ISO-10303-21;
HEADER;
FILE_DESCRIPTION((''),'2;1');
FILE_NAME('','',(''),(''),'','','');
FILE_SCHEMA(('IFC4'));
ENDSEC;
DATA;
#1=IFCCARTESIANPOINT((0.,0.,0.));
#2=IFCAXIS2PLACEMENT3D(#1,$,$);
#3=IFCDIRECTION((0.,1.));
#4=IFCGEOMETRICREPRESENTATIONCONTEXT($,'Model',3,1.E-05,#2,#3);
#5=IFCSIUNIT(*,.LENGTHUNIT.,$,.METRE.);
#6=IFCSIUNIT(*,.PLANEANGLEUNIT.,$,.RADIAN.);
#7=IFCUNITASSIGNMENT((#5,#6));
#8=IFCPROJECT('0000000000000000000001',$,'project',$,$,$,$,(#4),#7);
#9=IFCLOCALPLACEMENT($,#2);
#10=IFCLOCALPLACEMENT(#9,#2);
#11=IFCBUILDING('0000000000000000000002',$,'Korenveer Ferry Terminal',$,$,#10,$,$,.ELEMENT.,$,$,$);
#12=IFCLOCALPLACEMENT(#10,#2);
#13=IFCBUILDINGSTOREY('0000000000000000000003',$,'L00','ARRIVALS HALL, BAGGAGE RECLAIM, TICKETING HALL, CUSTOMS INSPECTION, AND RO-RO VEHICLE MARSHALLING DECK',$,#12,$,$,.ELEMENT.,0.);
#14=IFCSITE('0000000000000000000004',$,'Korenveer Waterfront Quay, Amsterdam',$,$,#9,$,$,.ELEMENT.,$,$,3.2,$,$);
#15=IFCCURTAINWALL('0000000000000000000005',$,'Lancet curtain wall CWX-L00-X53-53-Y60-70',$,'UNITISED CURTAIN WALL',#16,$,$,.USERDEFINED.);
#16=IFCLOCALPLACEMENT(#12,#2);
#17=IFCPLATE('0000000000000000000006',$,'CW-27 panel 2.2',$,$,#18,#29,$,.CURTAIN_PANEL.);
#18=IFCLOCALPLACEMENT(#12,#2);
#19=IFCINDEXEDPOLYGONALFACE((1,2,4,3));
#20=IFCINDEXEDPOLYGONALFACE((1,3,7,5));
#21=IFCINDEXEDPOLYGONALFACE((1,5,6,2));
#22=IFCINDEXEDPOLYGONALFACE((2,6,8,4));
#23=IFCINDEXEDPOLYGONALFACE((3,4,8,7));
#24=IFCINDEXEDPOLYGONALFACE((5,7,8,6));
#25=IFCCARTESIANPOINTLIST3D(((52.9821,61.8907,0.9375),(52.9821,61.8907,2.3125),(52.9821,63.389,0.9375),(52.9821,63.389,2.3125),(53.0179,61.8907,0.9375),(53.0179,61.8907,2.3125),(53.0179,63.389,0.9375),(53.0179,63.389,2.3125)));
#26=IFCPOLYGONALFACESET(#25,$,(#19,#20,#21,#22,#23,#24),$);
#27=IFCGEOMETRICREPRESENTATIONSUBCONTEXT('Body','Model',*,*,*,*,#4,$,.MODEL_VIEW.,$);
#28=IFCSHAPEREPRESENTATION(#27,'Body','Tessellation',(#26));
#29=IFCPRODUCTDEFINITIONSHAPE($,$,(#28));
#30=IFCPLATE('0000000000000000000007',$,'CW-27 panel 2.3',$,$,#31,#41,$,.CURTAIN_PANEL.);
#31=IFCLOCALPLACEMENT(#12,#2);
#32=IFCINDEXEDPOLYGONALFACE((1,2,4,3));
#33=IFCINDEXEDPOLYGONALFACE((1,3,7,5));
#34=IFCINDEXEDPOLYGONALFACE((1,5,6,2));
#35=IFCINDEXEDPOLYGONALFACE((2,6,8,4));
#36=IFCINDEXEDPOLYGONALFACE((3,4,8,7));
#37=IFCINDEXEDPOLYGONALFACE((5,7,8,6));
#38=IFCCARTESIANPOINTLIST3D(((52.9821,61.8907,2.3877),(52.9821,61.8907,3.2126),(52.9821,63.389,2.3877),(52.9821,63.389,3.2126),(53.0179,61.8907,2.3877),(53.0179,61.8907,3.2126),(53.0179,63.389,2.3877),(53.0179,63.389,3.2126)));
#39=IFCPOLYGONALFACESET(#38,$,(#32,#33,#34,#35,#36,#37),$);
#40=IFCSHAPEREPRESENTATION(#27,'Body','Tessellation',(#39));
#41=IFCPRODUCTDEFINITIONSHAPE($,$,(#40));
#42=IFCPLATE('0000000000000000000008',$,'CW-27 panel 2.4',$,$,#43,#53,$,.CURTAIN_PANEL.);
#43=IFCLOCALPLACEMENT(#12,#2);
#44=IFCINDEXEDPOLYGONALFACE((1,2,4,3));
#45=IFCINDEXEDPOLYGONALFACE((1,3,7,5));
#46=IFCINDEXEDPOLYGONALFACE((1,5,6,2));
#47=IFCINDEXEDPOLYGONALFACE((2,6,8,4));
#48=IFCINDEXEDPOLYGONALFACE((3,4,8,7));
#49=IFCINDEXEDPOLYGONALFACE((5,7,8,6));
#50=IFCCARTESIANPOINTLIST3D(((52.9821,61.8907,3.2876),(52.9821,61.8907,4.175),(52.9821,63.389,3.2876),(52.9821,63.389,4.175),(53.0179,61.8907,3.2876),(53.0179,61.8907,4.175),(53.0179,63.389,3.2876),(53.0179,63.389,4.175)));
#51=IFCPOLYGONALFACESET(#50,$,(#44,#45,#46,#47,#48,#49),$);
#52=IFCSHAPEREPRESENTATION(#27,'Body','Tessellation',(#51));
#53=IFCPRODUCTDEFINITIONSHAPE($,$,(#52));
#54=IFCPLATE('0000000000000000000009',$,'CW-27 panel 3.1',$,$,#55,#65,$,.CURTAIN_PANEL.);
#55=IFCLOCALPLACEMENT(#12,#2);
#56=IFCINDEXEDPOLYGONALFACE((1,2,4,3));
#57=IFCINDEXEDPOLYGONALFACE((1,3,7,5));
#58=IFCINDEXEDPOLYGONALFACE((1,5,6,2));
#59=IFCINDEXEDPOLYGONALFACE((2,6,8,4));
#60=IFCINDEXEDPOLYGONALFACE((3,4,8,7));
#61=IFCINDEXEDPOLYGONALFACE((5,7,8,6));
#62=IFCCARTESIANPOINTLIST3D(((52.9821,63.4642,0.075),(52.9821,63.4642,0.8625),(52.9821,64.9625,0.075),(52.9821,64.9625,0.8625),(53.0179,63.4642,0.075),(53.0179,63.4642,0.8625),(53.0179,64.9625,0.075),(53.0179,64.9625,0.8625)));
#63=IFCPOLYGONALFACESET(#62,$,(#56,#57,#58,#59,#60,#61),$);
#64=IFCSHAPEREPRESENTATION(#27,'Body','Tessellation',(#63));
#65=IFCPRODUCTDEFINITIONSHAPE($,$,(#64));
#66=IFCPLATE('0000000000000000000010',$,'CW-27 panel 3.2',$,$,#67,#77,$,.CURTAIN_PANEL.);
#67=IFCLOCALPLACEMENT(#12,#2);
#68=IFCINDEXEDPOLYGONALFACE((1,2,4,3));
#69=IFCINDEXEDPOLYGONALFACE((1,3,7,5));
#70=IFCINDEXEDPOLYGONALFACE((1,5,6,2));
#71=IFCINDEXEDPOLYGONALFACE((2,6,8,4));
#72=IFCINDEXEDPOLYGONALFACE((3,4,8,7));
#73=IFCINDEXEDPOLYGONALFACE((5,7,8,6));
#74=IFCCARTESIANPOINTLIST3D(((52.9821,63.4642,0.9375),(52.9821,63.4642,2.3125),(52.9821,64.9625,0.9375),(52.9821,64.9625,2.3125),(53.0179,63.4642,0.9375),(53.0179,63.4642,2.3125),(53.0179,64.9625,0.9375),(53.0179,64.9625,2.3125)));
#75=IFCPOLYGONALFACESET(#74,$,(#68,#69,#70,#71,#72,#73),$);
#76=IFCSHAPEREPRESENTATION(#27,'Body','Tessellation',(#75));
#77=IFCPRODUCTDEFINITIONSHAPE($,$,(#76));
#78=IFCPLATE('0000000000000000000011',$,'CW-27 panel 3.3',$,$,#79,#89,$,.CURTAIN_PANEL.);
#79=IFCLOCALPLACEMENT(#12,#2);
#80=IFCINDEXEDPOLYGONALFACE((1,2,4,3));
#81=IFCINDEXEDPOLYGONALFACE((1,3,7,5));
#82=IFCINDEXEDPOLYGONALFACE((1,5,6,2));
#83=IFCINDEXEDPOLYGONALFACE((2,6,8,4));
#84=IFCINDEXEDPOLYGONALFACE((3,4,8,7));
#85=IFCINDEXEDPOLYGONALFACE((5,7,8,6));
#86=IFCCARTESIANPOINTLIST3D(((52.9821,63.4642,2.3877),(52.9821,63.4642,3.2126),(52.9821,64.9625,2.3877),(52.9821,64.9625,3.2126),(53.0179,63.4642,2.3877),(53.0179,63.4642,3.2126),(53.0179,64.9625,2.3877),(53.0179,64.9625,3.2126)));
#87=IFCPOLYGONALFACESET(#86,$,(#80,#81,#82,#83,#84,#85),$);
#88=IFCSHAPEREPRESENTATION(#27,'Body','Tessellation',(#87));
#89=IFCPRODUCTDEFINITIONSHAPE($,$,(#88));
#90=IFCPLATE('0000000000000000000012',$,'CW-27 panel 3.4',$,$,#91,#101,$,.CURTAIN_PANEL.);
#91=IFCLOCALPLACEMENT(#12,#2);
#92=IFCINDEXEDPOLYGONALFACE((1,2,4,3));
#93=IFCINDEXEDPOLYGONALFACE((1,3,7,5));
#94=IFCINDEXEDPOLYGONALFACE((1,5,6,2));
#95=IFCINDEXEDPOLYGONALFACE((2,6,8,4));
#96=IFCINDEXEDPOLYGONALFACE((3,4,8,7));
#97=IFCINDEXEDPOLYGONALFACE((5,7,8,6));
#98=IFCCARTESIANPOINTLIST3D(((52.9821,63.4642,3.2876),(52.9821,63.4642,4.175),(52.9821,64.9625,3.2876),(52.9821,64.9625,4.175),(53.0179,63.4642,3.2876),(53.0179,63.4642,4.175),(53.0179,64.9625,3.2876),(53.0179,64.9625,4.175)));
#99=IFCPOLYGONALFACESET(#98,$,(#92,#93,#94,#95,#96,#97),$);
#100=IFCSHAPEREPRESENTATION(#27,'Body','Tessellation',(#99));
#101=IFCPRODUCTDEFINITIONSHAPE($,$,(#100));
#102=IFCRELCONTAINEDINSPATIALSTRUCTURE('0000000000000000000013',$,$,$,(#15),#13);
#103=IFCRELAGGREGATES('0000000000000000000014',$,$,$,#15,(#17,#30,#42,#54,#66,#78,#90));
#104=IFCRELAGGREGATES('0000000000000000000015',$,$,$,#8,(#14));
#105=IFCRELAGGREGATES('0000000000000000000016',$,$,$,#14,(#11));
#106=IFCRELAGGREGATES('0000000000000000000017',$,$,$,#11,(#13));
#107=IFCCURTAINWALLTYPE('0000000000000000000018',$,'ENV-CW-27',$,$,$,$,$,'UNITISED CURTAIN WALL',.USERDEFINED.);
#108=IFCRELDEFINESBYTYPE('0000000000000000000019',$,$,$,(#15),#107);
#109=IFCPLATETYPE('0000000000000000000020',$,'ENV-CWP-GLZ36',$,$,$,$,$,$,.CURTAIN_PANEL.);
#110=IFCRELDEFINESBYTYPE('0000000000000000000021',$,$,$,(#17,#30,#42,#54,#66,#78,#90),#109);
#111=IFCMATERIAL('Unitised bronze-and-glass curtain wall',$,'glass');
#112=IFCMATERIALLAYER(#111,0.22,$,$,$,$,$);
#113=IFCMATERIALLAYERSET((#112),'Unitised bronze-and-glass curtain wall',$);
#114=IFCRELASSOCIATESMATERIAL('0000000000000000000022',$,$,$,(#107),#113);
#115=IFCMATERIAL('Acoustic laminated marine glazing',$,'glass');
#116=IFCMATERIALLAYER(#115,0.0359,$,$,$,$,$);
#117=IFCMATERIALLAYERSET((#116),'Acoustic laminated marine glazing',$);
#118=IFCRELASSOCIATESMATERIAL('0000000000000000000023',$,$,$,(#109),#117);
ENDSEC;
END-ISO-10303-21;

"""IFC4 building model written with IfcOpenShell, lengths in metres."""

from ifc_helpers import new_model, si_unit, direction, frame, origin, origin_2d, place, context, subcontext, project, spatial, rectangle, extrude, material, layer, layer_set, type_object, element, aggregate, save


model = new_model("IFC4")

# Units and contexts
model_context = context("Model", 3, precision=1e-05, world=origin(), true_north=direction((0.0, 1.0)))
body_context = subcontext(model_context, "Body", "Model", "MODEL_VIEW")
ifc_project = project(units=[si_unit("LENGTHUNIT", "METRE"), si_unit("PLANEANGLEUNIT", "RADIAN")], contexts=[model_context])

# Site, building, storey
site_placement = place(None, origin())
site = spatial("IfcSite", under=ifc_project, at=site_placement, Name="Korenveer Waterfront Quay, Amsterdam", CompositionType="ELEMENT", RefElevation=3.2)
building_placement = place(site_placement, origin())
building = spatial("IfcBuilding", under=site, at=building_placement, Name="Korenveer Ferry Terminal", CompositionType="ELEMENT")
storey_placement = place(building_placement, origin())
storey = spatial("IfcBuildingStorey", under=building, at=storey_placement, Name="L00", Description="ARRIVALS HALL, BAGGAGE RECLAIM, TICKETING HALL, CUSTOMS INSPECTION, AND RO-RO VEHICLE MARSHALLING DECK", CompositionType="ELEMENT", Elevation=0.0)

# Curtain wall, plates
ifc_material_1 = material(Name="Unitised bronze-and-glass curtain wall", Category="glass")
ifc_layer_1 = layer(ifc_material_1, 0.22)
ifc_layer_set_1 = layer_set([ifc_layer_1], Name="Unitised bronze-and-glass curtain wall")
curtain_wall_type = type_object("IfcCurtainWallType", Name="ENV-CW-27", ElementType="UNITISED CURTAIN WALL", PredefinedType="USERDEFINED", material=ifc_layer_set_1)
curtain_wall_placement = place(storey_placement, frame((53.0, 60.28, 0.0)))
curtain_wall = element("IfcCurtainWall", 1, at=curtain_wall_placement, inside=storey, type_object=curtain_wall_type, Name="Lancet curtain wall CWX-L00-X53-53-Y60-70", ObjectType="UNITISED CURTAIN WALL", PredefinedType="USERDEFINED")
ifc_material_2 = material(Name="Acoustic laminated marine glazing", Category="glass")
ifc_layer_2 = layer(ifc_material_2, 0.0359)
ifc_layer_set_2 = layer_set([ifc_layer_2], Name="Acoustic laminated marine glazing")
plate_type = type_object("IfcPlateType", Name="ENV-CWP-GLZ36", PredefinedType="CURTAIN_PANEL", material=ifc_layer_set_2)
plate_1_placement = place(storey_placement, frame((53.0, 62.6399, 0.9375), z_axis=(0.0, 0.0, 1.0), x_axis=(0.0, 1.0, 0.0)))
plate_1 = element("IfcPlate", 2, at=plate_1_placement, type_object=plate_type, Name="CW-27 panel 2.2", PredefinedType="CURTAIN_PANEL", context=body_context, shape_type="SweptSolid", body=[
    extrude(rectangle(XDim=1.4983, YDim=0.0359, at=origin_2d()), origin(), (0.0, 0.0, 1.0), 1.375),
])
plate_2_placement = place(storey_placement, frame((53.0, 62.6399, 2.3877), z_axis=(0.0, 0.0, 1.0), x_axis=(0.0, 1.0, 0.0)))
plate_2 = element("IfcPlate", 3, at=plate_2_placement, type_object=plate_type, Name="CW-27 panel 2.3", PredefinedType="CURTAIN_PANEL", context=body_context, shape_type="SweptSolid", body=[
    extrude(rectangle(XDim=1.4983, YDim=0.0359, at=origin_2d()), origin(), (0.0, 0.0, 1.0), 0.825),
])
plate_3_placement = place(storey_placement, frame((53.0, 62.6399, 3.2876), z_axis=(0.0, 0.0, 1.0), x_axis=(0.0, 1.0, 0.0)))
plate_3 = element("IfcPlate", 4, at=plate_3_placement, type_object=plate_type, Name="CW-27 panel 2.4", PredefinedType="CURTAIN_PANEL", context=body_context, shape_type="SweptSolid", body=[
    extrude(rectangle(XDim=1.4983, YDim=0.0359, at=origin_2d()), origin(), (0.0, 0.0, 1.0), 0.8875),
])
plate_4_placement = place(storey_placement, frame((53.0, 64.2134, 0.075), z_axis=(0.0, 0.0, 1.0), x_axis=(0.0, 1.0, 0.0)))
plate_4 = element("IfcPlate", 5, at=plate_4_placement, type_object=plate_type, Name="CW-27 panel 3.1", PredefinedType="CURTAIN_PANEL", context=body_context, shape_type="SweptSolid", body=[
    extrude(rectangle(XDim=1.4983, YDim=0.0359, at=origin_2d()), origin(), (0.0, 0.0, 1.0), 0.7876),
])
plate_5_placement = place(storey_placement, frame((53.0, 64.2134, 0.9375), z_axis=(0.0, 0.0, 1.0), x_axis=(0.0, 1.0, 0.0)))
plate_5 = element("IfcPlate", 6, at=plate_5_placement, type_object=plate_type, Name="CW-27 panel 3.2", PredefinedType="CURTAIN_PANEL", context=body_context, shape_type="SweptSolid", body=[
    extrude(rectangle(XDim=1.4983, YDim=0.0359, at=origin_2d()), origin(), (0.0, 0.0, 1.0), 1.375),
])
plate_6_placement = place(storey_placement, frame((53.0, 64.2134, 2.3877), z_axis=(0.0, 0.0, 1.0), x_axis=(0.0, 1.0, 0.0)))
plate_6 = element("IfcPlate", 7, at=plate_6_placement, type_object=plate_type, Name="CW-27 panel 3.3", PredefinedType="CURTAIN_PANEL", context=body_context, shape_type="SweptSolid", body=[
    extrude(rectangle(XDim=1.4983, YDim=0.0359, at=origin_2d()), origin(), (0.0, 0.0, 1.0), 0.825),
])
plate_7_placement = place(storey_placement, frame((53.0, 64.2134, 3.2876), z_axis=(0.0, 0.0, 1.0), x_axis=(0.0, 1.0, 0.0)))
plate_7 = element("IfcPlate", 8, at=plate_7_placement, type_object=plate_type, Name="CW-27 panel 3.4", PredefinedType="CURTAIN_PANEL", context=body_context, shape_type="SweptSolid", body=[
    extrude(rectangle(XDim=1.4983, YDim=0.0359, at=origin_2d()), origin(), (0.0, 0.0, 1.0), 0.8875),
])
aggregate(curtain_wall, [plate_1, plate_2, plate_3, plate_4, plate_5, plate_6, plate_7])

save(model, "model.ifc")
